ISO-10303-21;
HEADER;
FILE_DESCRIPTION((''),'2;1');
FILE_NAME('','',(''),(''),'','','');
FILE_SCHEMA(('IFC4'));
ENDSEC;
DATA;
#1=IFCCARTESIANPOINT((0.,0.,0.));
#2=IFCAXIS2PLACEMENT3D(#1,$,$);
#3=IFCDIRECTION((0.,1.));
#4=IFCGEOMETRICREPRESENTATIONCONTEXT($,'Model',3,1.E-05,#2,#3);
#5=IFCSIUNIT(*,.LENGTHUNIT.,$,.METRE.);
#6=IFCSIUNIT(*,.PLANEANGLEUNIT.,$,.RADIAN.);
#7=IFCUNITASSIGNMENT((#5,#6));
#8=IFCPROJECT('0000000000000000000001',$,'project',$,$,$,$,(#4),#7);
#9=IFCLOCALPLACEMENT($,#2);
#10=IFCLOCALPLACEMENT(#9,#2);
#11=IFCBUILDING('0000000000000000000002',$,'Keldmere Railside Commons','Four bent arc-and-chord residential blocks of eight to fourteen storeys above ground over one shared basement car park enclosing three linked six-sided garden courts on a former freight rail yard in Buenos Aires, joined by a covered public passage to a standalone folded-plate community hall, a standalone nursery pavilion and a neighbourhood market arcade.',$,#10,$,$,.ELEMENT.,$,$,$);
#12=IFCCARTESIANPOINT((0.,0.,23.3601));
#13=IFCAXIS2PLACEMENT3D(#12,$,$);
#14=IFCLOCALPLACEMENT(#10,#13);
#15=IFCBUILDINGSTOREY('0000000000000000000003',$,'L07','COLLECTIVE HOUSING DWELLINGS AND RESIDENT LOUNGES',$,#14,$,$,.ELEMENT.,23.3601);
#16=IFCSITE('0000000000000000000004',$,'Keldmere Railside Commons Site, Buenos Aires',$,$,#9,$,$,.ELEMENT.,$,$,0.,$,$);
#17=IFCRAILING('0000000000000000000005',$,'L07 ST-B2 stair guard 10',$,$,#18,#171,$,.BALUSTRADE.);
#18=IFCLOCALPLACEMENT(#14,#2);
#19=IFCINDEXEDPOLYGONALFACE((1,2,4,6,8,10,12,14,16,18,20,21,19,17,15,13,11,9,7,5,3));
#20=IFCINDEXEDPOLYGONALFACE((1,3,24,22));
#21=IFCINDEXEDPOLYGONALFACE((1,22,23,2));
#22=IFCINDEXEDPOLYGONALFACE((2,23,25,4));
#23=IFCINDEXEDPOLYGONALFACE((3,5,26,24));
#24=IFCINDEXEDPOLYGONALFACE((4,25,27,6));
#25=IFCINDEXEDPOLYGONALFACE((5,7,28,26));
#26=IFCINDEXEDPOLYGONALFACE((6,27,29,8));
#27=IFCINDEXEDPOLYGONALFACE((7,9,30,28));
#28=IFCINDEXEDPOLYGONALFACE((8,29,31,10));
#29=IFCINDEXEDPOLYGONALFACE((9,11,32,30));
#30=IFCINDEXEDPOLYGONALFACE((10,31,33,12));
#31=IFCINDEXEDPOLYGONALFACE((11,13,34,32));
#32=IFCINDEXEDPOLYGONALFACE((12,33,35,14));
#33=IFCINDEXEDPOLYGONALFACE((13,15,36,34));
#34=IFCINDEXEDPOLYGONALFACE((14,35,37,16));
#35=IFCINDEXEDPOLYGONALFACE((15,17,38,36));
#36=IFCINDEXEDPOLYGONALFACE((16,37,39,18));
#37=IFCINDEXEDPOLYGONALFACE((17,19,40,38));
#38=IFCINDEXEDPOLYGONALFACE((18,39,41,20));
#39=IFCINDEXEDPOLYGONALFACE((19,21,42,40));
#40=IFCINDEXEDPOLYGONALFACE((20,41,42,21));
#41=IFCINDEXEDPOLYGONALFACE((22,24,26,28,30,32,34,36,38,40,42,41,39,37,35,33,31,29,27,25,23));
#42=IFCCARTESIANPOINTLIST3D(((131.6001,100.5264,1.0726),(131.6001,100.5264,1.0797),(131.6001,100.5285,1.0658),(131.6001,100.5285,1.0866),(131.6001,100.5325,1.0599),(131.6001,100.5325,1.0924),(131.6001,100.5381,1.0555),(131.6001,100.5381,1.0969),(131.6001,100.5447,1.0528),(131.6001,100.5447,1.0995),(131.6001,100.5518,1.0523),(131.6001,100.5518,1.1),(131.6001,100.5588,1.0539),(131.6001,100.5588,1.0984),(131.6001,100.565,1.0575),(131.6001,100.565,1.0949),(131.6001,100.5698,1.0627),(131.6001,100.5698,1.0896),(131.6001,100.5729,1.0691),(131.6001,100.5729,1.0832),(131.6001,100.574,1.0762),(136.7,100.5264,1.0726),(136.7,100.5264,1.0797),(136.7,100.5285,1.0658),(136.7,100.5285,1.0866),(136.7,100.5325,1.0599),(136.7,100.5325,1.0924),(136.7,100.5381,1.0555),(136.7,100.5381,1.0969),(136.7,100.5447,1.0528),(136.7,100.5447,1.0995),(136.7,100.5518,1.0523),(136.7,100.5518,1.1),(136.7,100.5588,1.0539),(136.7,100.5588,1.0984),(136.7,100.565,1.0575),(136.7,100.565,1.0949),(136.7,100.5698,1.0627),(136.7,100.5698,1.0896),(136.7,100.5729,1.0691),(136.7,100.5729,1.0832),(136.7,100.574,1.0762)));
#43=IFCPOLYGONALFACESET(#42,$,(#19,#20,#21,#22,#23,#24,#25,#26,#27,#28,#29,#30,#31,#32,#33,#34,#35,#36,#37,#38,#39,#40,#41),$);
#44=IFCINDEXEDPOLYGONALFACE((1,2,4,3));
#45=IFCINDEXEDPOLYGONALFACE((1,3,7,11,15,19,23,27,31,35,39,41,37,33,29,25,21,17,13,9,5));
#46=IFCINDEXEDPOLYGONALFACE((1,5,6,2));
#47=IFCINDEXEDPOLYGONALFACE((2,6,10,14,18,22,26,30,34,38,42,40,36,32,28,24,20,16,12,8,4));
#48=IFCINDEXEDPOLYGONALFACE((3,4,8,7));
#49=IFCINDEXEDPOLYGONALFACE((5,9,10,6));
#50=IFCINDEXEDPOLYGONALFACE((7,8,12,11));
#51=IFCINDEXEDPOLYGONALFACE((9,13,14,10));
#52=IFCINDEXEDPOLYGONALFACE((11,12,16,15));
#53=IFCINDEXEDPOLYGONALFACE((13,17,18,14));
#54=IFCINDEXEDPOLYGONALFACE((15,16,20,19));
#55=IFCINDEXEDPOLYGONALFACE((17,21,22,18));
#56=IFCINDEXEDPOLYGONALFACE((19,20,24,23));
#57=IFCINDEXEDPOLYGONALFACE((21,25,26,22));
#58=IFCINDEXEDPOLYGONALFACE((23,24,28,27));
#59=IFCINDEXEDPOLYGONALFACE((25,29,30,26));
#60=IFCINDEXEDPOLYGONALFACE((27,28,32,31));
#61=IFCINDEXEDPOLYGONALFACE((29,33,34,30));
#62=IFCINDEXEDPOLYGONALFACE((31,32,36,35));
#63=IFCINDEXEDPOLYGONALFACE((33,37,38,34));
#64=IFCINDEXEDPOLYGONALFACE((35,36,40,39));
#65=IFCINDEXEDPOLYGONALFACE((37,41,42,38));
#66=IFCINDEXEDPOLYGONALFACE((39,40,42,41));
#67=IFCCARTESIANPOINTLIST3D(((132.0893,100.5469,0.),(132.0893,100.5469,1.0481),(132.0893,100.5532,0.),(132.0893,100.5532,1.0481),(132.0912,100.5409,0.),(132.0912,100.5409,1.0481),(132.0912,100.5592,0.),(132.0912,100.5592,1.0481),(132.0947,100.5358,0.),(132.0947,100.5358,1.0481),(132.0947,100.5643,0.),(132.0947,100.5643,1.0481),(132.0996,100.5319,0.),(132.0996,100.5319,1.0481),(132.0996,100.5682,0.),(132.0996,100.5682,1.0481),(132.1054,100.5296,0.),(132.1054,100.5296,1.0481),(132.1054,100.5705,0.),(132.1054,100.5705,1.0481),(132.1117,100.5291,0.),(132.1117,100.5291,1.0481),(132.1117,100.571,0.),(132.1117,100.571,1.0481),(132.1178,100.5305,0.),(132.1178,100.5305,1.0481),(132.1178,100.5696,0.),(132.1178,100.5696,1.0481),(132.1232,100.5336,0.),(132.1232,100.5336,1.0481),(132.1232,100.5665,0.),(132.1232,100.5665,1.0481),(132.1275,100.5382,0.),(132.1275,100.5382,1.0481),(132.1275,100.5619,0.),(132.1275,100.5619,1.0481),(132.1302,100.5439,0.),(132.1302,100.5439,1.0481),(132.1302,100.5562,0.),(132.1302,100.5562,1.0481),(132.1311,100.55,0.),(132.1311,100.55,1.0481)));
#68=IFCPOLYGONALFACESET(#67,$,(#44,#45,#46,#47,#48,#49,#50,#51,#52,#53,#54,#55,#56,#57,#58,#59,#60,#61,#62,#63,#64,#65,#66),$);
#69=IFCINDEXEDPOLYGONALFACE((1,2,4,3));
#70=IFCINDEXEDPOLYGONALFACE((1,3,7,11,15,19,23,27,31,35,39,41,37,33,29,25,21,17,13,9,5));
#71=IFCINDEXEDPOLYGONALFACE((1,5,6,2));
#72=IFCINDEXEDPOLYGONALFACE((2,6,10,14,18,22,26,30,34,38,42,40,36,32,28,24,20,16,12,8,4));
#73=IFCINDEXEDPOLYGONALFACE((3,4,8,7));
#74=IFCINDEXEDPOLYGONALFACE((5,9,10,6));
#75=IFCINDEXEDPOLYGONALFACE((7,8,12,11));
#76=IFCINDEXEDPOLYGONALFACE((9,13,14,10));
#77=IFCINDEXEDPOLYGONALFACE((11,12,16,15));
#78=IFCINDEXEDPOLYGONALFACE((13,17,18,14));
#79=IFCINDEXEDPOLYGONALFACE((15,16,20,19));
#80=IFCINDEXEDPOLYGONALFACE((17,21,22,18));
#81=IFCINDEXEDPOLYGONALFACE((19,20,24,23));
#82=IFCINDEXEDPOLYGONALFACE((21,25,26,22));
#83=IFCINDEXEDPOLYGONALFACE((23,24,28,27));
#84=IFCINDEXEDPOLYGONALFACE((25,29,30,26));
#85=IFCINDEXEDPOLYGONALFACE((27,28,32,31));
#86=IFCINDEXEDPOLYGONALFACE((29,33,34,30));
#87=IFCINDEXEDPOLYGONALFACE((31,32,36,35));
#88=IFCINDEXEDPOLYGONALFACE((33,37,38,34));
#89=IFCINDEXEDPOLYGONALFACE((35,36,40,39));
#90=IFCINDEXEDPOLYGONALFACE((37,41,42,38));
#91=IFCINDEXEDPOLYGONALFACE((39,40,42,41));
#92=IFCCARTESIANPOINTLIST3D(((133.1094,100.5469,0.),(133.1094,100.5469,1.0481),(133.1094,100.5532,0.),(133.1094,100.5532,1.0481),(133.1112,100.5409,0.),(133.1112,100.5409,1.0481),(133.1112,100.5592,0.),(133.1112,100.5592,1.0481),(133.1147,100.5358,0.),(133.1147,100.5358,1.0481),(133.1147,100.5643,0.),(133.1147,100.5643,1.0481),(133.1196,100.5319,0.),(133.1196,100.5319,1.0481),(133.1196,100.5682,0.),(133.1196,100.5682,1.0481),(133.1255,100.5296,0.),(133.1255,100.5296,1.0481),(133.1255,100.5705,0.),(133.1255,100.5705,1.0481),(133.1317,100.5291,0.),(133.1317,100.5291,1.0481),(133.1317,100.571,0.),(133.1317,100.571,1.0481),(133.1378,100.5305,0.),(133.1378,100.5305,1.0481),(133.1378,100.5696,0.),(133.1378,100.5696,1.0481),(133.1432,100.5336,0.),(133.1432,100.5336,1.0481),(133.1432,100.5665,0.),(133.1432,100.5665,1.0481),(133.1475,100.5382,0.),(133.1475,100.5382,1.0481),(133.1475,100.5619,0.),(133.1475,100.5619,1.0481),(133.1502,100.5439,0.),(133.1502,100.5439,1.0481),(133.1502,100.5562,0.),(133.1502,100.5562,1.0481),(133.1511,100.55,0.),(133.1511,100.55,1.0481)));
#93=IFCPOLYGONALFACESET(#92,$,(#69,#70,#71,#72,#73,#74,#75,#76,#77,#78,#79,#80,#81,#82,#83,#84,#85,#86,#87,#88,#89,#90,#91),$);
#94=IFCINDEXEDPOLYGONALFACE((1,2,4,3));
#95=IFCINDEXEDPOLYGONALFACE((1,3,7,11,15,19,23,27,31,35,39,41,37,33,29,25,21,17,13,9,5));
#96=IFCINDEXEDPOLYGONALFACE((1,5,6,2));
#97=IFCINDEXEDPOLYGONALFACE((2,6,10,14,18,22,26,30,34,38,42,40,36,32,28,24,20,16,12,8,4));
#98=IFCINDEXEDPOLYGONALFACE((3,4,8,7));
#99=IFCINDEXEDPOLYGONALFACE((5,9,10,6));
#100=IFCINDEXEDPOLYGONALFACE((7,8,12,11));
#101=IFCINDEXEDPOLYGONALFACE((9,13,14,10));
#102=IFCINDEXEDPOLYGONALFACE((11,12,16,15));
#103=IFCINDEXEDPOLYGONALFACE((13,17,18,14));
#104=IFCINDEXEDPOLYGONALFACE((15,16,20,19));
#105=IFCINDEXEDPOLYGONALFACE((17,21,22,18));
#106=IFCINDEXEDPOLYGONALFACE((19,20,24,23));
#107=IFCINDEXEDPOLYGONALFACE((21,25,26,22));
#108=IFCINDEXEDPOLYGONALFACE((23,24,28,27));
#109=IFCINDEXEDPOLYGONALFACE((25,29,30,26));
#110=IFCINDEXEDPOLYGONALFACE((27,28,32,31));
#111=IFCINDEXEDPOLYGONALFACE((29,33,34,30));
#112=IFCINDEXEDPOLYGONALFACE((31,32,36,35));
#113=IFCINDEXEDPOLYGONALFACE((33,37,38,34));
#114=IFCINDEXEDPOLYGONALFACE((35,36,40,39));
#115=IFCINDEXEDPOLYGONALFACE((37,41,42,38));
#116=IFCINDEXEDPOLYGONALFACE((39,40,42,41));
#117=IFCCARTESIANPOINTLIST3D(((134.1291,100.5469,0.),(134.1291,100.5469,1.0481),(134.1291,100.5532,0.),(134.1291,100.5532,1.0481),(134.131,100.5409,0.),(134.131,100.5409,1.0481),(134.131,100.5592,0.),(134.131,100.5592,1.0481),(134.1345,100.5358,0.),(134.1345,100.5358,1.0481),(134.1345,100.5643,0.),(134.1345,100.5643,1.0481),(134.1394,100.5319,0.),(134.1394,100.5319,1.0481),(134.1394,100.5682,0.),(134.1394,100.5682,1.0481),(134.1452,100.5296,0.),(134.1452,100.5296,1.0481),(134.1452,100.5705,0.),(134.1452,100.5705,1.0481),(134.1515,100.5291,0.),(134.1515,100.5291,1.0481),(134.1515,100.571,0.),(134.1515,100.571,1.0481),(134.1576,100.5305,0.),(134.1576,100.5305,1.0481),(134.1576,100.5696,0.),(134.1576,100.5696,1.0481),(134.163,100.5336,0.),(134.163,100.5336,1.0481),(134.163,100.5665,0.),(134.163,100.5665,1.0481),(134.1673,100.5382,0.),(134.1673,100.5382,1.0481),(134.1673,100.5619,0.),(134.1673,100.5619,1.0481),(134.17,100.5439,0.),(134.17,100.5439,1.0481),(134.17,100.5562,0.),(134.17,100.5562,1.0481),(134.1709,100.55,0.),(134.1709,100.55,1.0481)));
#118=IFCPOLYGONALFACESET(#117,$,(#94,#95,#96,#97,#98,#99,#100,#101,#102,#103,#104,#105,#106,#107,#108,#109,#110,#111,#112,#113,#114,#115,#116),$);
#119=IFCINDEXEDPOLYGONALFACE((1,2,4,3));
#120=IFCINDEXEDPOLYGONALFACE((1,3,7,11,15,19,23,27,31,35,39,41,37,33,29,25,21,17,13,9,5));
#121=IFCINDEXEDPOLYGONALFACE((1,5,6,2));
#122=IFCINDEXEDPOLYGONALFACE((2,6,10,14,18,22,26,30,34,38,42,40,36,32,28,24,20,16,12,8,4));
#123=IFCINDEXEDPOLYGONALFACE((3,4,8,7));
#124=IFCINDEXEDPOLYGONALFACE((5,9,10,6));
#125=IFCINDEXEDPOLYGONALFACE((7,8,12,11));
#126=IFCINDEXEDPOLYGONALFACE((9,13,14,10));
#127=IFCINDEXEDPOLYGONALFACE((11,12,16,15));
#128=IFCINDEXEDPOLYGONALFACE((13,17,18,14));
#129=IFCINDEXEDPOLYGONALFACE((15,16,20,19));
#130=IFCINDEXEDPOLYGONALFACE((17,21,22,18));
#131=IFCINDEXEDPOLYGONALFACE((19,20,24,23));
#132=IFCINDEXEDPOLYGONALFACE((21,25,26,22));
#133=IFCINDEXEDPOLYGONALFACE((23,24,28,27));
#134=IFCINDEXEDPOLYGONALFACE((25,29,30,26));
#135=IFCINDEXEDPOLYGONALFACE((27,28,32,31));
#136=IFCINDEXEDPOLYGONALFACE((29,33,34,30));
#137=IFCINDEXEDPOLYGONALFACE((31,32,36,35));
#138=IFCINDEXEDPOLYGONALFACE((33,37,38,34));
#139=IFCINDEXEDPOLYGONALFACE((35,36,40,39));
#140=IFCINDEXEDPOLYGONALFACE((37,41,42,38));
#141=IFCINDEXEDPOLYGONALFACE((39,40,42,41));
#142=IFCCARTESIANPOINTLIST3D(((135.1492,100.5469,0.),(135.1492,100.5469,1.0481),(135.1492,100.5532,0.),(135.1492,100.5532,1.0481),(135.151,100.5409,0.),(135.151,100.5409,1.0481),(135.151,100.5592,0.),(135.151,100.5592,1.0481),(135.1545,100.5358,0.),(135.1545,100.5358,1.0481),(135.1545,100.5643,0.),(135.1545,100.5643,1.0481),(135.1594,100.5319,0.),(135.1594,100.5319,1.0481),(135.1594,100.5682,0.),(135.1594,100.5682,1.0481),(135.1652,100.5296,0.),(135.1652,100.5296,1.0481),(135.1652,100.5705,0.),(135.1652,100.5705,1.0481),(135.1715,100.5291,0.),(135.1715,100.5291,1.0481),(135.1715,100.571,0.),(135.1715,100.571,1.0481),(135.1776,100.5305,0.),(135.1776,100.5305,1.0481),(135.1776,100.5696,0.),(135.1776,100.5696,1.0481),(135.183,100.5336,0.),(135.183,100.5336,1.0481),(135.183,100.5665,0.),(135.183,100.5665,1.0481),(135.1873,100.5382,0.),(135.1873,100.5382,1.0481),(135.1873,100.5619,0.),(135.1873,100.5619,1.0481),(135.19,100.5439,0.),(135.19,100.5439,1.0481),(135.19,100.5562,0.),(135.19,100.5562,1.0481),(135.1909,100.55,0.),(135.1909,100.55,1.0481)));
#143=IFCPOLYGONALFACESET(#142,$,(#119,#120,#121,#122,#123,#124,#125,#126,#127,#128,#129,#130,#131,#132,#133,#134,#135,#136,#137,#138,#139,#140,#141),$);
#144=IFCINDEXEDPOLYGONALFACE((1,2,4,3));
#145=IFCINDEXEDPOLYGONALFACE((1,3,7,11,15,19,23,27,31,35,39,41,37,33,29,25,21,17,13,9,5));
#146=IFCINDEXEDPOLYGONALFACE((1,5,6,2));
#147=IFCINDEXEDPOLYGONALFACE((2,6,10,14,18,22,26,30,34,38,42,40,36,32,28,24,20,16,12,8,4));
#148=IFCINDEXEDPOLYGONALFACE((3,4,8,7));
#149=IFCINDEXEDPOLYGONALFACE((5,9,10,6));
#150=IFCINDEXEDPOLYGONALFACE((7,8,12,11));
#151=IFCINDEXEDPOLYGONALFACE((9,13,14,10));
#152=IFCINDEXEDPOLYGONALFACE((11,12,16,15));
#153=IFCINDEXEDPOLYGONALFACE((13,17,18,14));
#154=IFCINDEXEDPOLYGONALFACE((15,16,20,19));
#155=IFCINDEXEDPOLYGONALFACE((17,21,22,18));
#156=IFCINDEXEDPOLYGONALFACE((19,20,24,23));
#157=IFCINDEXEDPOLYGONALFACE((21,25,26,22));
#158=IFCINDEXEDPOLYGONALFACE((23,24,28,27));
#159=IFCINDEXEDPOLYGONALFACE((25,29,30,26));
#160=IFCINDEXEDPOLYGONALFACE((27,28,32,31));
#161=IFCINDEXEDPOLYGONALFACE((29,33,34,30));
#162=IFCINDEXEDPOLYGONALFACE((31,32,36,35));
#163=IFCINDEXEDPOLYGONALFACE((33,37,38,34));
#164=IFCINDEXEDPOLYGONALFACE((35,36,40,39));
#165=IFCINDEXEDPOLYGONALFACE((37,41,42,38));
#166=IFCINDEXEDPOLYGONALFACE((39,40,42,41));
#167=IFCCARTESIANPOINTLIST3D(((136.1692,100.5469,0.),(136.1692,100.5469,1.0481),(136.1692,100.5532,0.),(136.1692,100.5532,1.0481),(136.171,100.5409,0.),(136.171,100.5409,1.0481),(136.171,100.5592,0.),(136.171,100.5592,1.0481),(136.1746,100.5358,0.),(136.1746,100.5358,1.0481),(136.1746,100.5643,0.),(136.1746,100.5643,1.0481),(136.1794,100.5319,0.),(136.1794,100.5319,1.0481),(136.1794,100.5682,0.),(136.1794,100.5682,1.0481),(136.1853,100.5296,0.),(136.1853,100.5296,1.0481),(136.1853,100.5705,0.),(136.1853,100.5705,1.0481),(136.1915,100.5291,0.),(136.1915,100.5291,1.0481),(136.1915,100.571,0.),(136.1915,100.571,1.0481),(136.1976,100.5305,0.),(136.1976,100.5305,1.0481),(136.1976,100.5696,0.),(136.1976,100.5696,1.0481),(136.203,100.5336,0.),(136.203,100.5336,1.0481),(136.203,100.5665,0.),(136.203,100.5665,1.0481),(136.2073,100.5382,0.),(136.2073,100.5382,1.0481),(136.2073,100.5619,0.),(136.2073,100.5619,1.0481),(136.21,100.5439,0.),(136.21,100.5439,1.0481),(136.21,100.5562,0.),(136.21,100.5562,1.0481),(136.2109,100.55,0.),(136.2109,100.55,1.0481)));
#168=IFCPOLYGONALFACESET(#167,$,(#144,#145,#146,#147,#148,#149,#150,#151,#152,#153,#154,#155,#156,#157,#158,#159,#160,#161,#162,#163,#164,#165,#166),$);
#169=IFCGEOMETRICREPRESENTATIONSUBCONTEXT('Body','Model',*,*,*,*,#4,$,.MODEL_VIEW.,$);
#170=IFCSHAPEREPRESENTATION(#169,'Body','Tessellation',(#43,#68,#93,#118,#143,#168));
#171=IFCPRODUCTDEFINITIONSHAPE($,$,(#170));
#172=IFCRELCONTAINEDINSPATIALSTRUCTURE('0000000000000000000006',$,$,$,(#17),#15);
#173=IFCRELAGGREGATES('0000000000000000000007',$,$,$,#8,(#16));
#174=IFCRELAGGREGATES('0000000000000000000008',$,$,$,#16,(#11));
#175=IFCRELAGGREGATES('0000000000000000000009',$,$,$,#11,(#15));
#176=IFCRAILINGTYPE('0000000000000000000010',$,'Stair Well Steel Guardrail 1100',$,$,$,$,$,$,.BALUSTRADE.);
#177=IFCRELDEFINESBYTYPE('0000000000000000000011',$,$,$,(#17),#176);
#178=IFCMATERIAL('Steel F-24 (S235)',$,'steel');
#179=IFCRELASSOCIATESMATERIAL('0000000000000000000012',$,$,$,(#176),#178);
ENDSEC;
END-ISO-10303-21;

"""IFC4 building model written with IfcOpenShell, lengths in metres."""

from ifc_helpers import new_model, si_unit, direction, frame, origin, origin_2d, place, context, subcontext, project, spatial, circle, extrude, material, type_object, element, save


model = new_model("IFC4")

# Units and contexts
model_context = context("Model", 3, precision=1e-05, world=origin(), true_north=direction((0.0, 1.0)))
body_context = subcontext(model_context, "Body", "Model", "MODEL_VIEW")
ifc_project = project(units=[si_unit("LENGTHUNIT", "METRE"), si_unit("PLANEANGLEUNIT", "RADIAN")], contexts=[model_context])

# Site, building, storey
site_placement = place(None, origin())
site = spatial("IfcSite", under=ifc_project, at=site_placement, Name="Keldmere Railside Commons Site, Buenos Aires", CompositionType="ELEMENT", RefElevation=0.0)
building_placement = place(site_placement, origin())
building = spatial("IfcBuilding", under=site, at=building_placement, Name="Keldmere Railside Commons", Description="Four bent arc-and-chord residential blocks of eight to fourteen storeys above ground over one shared basement car park enclosing three linked six-sided garden courts on a former freight rail yard in Buenos Aires, joined by a covered public passage to a standalone folded-plate community hall, a standalone nursery pavilion and a neighbourhood market arcade.", CompositionType="ELEMENT")
storey_placement = place(building_placement, frame((0.0, 0.0, 23.3601)))
storey = spatial("IfcBuildingStorey", under=building, at=storey_placement, Name="L07", Description="COLLECTIVE HOUSING DWELLINGS AND RESIDENT LOUNGES", CompositionType="ELEMENT", Elevation=23.3601)

# Railing
ifc_material_1 = material(Name="Steel F-24 (S235)", Category="steel")
railing_type = type_object("IfcRailingType", Name="Stair Well Steel Guardrail 1100", PredefinedType="BALUSTRADE", material=ifc_material_1)
railing_1_placement = place(storey_placement, frame((131.6001, 100.55, 0.0)))
element("IfcRailing", 1, at=railing_1_placement, inside=storey, type_object=railing_type, Name="L07 ST-B2 stair guard 10", PredefinedType="BALUSTRADE", context=body_context, shape_type="SweptSolid", body=[
    extrude(circle(Radius=0.0239, at=origin_2d()), frame((0.0, 0.0, 1.0762), z_axis=(1.0, 0.0, 0.0), x_axis=(0.0, 1.0, 0.0)), (0.0, 0.0, 1.0), 5.0999),
    extrude(circle(Radius=0.021, at=origin_2d()), frame((0.51, 0.0, 0.0)), (0.0, 0.0, 1.0), 1.0481),
    extrude(circle(Radius=0.021, at=origin_2d()), frame((1.53, 0.0, 0.0)), (0.0, 0.0, 1.0), 1.0481),
    extrude(circle(Radius=0.021, at=origin_2d()), frame((2.5498, 0.0, 0.0)), (0.0, 0.0, 1.0), 1.0481),
    extrude(circle(Radius=0.021, at=origin_2d()), frame((3.5698, 0.0, 0.0)), (0.0, 0.0, 1.0), 1.0481),
    extrude(circle(Radius=0.021, at=origin_2d()), frame((4.5898, 0.0, 0.0)), (0.0, 0.0, 1.0), 1.0481),
])

save(model, "model.ifc")
